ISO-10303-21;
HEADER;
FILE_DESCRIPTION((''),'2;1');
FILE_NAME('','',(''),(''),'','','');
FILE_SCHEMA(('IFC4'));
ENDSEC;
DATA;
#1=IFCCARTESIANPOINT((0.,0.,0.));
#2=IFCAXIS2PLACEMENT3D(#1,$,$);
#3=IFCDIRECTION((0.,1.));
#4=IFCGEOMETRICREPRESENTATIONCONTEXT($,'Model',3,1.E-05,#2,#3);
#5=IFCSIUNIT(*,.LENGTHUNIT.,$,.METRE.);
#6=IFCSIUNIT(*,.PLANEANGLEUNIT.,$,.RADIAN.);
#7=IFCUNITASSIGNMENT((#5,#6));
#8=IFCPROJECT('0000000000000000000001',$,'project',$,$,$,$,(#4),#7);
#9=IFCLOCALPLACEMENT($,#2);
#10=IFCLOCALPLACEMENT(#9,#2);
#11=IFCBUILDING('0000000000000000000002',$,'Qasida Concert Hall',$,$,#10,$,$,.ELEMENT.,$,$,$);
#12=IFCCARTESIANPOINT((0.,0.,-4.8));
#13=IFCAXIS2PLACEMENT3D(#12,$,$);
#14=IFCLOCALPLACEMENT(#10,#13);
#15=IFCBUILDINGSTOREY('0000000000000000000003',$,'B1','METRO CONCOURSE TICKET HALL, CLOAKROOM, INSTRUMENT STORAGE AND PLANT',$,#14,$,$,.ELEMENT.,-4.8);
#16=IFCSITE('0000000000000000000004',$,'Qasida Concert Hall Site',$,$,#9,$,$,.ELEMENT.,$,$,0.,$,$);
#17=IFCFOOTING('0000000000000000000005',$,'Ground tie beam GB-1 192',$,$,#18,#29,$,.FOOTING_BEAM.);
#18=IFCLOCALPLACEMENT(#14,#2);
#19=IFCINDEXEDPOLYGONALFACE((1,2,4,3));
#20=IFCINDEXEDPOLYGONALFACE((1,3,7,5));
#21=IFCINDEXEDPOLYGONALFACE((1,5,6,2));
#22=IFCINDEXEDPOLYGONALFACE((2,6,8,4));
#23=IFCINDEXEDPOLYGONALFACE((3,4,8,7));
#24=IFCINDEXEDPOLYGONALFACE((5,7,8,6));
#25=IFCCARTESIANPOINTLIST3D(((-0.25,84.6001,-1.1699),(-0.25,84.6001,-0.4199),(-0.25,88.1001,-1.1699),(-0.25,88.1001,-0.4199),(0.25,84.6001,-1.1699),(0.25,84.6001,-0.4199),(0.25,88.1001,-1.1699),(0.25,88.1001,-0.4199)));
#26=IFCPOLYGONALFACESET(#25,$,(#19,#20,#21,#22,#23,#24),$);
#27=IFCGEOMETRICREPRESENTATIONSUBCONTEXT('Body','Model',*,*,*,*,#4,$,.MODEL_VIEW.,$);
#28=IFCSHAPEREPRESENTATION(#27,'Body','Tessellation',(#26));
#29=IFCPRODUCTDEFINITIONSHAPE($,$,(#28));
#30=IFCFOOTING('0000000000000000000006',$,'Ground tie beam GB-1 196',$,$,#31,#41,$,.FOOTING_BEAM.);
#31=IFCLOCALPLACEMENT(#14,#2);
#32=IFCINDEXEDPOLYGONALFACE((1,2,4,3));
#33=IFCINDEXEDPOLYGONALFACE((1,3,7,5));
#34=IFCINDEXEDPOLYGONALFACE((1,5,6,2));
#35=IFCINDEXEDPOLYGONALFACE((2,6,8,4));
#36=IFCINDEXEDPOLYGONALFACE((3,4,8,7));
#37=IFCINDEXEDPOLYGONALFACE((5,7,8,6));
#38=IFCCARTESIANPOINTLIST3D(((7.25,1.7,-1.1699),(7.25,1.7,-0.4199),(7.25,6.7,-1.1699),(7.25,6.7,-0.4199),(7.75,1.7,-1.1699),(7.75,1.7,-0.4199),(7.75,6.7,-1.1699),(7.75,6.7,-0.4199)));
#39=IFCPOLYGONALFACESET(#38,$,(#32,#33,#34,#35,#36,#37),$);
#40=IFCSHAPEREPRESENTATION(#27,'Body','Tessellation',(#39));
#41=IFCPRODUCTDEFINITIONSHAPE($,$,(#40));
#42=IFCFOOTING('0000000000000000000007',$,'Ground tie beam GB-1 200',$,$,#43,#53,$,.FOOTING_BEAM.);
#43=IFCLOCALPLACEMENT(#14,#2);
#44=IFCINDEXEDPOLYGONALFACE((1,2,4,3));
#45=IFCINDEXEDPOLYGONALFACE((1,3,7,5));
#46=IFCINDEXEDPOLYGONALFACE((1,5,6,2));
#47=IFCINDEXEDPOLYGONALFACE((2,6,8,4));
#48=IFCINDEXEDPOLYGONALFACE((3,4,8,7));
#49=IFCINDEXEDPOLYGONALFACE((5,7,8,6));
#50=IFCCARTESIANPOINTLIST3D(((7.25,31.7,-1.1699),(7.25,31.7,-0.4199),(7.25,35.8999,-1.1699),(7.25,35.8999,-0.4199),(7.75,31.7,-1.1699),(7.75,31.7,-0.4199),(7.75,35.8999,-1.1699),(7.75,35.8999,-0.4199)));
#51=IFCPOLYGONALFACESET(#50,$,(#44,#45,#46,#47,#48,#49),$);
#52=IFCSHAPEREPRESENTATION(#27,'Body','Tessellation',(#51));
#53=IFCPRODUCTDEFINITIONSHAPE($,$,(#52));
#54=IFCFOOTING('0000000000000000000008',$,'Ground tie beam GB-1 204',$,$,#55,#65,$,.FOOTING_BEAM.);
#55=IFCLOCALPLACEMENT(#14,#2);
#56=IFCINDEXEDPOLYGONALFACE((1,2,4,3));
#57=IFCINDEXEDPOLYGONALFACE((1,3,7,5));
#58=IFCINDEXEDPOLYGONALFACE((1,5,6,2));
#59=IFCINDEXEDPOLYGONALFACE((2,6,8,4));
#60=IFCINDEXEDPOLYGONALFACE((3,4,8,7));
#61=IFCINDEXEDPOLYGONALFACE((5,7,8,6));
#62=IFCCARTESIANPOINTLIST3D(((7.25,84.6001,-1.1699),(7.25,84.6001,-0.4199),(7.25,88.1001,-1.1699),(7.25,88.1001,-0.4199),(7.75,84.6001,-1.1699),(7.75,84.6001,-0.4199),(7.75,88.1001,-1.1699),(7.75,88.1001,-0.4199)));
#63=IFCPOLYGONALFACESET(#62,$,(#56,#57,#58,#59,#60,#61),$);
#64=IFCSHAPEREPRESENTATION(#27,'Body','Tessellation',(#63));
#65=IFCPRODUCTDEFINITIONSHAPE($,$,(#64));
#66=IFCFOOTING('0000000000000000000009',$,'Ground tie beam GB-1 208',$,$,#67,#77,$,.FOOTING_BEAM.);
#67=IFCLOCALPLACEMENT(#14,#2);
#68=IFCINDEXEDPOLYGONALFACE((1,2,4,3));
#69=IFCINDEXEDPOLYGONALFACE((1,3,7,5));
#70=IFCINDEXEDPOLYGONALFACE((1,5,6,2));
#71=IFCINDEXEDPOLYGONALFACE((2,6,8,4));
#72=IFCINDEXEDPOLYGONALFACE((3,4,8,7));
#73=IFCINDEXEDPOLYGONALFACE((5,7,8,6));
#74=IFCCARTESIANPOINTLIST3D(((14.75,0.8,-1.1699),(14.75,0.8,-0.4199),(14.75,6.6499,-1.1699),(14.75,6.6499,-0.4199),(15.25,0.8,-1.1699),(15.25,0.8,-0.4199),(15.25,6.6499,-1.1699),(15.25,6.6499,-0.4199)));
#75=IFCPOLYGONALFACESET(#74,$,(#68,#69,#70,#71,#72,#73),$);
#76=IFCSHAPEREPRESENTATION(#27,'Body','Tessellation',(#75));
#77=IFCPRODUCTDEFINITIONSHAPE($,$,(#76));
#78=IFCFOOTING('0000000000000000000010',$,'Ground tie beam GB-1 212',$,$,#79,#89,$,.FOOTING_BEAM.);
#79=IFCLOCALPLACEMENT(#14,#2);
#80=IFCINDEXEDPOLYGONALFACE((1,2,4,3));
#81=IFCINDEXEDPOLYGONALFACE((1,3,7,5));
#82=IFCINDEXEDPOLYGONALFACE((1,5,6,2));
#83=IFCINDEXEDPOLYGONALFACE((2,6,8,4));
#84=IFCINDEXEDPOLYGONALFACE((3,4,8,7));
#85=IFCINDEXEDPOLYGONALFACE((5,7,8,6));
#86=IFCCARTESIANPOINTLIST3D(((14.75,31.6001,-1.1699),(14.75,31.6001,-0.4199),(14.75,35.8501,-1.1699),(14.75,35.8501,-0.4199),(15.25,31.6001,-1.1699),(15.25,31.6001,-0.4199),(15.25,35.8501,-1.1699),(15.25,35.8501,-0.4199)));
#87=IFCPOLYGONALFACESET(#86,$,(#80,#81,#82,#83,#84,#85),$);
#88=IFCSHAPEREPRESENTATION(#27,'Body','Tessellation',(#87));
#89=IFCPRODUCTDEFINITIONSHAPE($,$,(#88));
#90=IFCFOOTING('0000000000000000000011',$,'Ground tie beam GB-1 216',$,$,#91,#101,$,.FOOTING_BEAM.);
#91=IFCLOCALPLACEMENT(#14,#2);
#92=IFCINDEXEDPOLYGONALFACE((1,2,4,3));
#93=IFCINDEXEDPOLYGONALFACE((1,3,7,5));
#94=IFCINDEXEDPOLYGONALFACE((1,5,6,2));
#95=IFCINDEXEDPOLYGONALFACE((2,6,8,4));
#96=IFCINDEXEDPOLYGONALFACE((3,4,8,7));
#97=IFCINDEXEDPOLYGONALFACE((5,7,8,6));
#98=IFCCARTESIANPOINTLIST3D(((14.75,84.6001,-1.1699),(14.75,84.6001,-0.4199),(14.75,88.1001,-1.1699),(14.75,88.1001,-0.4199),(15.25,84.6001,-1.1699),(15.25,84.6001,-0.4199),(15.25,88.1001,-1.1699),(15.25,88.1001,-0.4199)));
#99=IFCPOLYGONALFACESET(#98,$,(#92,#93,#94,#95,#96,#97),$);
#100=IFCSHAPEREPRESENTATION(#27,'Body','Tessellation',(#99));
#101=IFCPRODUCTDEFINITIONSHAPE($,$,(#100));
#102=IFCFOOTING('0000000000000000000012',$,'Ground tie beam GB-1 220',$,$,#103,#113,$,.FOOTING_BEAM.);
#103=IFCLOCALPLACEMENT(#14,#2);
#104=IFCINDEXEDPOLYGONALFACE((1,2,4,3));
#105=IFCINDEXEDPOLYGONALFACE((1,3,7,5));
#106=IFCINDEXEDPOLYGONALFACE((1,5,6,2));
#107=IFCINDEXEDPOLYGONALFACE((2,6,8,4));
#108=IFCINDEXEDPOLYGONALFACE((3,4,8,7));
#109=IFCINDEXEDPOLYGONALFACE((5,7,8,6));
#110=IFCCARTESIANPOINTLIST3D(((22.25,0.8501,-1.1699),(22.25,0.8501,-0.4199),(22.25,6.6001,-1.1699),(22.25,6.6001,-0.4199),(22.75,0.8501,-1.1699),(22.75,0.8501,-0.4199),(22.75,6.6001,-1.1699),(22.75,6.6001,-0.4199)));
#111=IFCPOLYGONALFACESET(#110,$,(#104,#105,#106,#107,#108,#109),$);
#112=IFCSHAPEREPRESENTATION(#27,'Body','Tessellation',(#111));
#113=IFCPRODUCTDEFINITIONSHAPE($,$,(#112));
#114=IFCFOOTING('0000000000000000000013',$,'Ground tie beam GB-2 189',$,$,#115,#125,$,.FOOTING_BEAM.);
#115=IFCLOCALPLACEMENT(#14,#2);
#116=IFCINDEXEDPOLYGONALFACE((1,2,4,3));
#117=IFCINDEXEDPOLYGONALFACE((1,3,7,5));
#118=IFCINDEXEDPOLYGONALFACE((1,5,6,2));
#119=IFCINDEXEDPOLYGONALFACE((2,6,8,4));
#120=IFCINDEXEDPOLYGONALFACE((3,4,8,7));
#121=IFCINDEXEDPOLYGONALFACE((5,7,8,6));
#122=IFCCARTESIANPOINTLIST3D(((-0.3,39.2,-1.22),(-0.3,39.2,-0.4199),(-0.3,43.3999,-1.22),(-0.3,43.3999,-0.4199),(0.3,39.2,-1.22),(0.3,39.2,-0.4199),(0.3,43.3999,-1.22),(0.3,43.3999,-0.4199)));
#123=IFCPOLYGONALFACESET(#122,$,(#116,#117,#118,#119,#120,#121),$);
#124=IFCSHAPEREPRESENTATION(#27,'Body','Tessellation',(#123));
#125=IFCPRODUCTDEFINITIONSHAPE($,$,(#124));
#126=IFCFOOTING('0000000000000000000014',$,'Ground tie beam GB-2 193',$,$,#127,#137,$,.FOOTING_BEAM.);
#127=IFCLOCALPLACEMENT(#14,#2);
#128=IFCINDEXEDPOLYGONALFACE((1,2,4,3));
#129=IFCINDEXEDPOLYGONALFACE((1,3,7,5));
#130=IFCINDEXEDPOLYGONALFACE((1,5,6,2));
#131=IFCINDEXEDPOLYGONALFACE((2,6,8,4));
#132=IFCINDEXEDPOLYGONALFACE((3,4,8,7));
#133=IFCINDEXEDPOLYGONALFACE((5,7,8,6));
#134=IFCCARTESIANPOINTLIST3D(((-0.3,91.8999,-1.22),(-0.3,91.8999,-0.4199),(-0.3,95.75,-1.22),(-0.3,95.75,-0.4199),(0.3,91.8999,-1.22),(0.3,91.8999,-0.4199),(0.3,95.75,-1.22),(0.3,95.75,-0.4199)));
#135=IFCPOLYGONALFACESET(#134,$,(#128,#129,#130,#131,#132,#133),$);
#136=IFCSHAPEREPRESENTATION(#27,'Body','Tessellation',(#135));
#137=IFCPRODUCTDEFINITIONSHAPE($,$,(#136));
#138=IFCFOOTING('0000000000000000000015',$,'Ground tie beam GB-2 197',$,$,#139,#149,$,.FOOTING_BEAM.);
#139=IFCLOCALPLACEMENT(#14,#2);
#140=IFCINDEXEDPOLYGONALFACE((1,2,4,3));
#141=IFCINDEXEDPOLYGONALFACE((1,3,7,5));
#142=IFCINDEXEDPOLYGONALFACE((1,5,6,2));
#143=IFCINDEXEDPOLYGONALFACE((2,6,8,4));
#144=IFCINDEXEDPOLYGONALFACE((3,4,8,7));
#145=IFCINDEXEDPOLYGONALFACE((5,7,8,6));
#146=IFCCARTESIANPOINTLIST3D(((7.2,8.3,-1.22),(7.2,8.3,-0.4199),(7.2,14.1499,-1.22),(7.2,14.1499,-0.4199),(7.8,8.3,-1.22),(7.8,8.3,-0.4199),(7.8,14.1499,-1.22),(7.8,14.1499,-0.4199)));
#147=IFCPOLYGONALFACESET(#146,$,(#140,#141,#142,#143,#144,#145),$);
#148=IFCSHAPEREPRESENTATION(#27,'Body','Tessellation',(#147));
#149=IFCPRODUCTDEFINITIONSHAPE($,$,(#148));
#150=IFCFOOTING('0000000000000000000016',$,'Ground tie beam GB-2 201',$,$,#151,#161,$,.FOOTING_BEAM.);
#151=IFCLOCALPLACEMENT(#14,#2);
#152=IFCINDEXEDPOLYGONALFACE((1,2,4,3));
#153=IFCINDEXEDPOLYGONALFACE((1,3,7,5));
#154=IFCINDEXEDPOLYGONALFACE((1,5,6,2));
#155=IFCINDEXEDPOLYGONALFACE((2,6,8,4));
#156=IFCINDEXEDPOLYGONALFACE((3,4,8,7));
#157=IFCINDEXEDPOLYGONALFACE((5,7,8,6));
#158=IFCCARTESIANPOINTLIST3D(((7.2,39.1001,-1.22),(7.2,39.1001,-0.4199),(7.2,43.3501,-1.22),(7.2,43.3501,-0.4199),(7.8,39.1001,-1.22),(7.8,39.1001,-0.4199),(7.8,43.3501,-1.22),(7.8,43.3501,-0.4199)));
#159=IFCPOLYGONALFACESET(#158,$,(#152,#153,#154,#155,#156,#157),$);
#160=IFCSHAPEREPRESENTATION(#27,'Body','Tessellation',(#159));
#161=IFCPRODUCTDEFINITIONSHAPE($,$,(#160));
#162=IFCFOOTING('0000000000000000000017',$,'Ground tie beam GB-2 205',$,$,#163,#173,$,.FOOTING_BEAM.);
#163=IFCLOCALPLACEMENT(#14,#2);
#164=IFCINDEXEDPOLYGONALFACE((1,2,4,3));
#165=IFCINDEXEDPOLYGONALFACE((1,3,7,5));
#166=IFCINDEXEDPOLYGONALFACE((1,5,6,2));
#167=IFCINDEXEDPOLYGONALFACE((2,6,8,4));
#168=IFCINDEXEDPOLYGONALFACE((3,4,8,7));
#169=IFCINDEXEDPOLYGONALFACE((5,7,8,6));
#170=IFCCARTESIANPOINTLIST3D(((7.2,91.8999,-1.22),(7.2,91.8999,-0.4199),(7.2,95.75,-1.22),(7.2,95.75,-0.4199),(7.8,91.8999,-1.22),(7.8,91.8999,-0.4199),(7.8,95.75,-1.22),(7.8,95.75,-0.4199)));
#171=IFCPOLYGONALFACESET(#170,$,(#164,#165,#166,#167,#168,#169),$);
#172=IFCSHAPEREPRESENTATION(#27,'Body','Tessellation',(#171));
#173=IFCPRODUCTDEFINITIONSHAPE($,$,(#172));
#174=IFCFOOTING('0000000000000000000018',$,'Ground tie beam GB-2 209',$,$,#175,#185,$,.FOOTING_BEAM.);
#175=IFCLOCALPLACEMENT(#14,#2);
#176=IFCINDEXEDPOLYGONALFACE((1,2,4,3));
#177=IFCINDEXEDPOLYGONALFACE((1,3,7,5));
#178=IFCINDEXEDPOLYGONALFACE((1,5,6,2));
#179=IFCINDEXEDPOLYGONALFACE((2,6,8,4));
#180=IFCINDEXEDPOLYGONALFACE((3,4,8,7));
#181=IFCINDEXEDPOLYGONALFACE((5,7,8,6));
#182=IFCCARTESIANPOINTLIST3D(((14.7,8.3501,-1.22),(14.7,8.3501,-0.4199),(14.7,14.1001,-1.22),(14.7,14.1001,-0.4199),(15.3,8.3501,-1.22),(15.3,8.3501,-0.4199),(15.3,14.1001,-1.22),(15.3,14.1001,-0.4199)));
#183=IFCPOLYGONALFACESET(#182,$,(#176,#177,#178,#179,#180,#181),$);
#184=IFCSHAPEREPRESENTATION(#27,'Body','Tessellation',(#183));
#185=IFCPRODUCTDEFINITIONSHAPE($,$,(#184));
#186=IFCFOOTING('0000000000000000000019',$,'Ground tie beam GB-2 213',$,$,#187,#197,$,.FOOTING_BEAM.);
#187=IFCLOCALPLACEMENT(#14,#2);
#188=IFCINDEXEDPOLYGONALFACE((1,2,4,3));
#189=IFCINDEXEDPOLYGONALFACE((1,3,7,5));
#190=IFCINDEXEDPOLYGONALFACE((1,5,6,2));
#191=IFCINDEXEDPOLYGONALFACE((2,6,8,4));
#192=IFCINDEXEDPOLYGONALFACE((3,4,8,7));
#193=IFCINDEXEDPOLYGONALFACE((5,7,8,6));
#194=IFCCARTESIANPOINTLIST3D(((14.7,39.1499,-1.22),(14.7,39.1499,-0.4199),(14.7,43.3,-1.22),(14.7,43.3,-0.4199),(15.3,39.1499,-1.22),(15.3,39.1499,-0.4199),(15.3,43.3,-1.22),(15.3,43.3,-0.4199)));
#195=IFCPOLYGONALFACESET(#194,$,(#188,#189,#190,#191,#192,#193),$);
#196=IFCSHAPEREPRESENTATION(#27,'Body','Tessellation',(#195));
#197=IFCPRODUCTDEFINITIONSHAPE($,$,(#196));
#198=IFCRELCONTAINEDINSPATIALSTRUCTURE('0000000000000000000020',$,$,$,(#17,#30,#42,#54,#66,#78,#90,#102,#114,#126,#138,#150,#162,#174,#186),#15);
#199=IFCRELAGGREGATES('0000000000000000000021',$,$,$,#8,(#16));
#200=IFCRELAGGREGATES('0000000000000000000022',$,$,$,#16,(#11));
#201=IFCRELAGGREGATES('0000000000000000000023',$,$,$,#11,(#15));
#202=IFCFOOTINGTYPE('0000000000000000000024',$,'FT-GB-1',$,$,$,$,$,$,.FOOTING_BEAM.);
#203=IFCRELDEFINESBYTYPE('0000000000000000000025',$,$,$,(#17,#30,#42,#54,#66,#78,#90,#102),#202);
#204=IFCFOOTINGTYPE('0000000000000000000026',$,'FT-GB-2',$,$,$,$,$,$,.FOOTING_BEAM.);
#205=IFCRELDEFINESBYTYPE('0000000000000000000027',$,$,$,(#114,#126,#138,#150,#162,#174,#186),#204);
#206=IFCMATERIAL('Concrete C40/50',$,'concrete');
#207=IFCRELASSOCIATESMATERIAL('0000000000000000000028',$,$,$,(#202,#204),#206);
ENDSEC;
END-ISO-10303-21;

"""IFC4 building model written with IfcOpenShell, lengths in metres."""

from ifc_helpers import new_model, si_unit, direction, frame, origin, place, context, subcontext, project, spatial, polyline, outline, extrude, material, type_object, element, save


model = new_model("IFC4")

# Units and contexts
model_context = context("Model", 3, precision=1e-05, world=origin(), true_north=direction((0.0, 1.0)))
body_context = subcontext(model_context, "Body", "Model", "MODEL_VIEW")
ifc_project = project(units=[si_unit("LENGTHUNIT", "METRE"), si_unit("PLANEANGLEUNIT", "RADIAN")], contexts=[model_context])

# Site, building, storey
site_placement = place(None, origin())
site = spatial("IfcSite", under=ifc_project, at=site_placement, Name="Qasida Concert Hall Site", CompositionType="ELEMENT", RefElevation=0.0)
building_placement = place(site_placement, origin())
building = spatial("IfcBuilding", under=site, at=building_placement, Name="Qasida Concert Hall", CompositionType="ELEMENT")
storey_placement = place(building_placement, frame((0.0, 0.0, -4.8)))
storey = spatial("IfcBuildingStorey", under=building, at=storey_placement, Name="B1", Description="METRO CONCOURSE TICKET HALL, CLOAKROOM, INSTRUMENT STORAGE AND PLANT", CompositionType="ELEMENT", Elevation=-4.8)

# Footings
ifc_material = material(Name="Concrete C40/50", Category="concrete")
footing_type_1 = type_object("IfcFootingType", Name="FT-GB-1", PredefinedType="FOOTING_BEAM", material=ifc_material)
footing_1_placement = place(storey_placement, frame((0.0, 0.0, -1.1699)))
element("IfcFooting", 1, at=footing_1_placement, inside=storey, type_object=footing_type_1, Name="Ground tie beam GB-1 192", PredefinedType="FOOTING_BEAM", context=body_context, shape_type="SweptSolid", body=[
    extrude(outline(polyline([(-0.25, 84.6001), (0.25, 84.6001), (0.25, 88.1001), (-0.25, 88.1001), (-0.25, 84.6001)])), origin(), (0.0, 0.0, 1.0), 0.75),
])
footing_2_placement = place(storey_placement, frame((0.0, 0.0, -1.1699)))
element("IfcFooting", 2, at=footing_2_placement, inside=storey, type_object=footing_type_1, Name="Ground tie beam GB-1 196", PredefinedType="FOOTING_BEAM", context=body_context, shape_type="SweptSolid", body=[
    extrude(outline(polyline([(7.25, 1.7), (7.75, 1.7), (7.75, 6.7), (7.25, 6.7), (7.25, 1.7)])), origin(), (0.0, 0.0, 1.0), 0.75),
])
footing_3_placement = place(storey_placement, frame((0.0, 0.0, -1.1699)))
element("IfcFooting", 3, at=footing_3_placement, inside=storey, type_object=footing_type_1, Name="Ground tie beam GB-1 200", PredefinedType="FOOTING_BEAM", context=body_context, shape_type="SweptSolid", body=[
    extrude(outline(polyline([(7.25, 31.7), (7.75, 31.7), (7.75, 35.8999), (7.25, 35.8999), (7.25, 31.7)])), origin(), (0.0, 0.0, 1.0), 0.75),
])
footing_4_placement = place(storey_placement, frame((0.0, 0.0, -1.1699)))
element("IfcFooting", 4, at=footing_4_placement, inside=storey, type_object=footing_type_1, Name="Ground tie beam GB-1 204", PredefinedType="FOOTING_BEAM", context=body_context, shape_type="SweptSolid", body=[
    extrude(outline(polyline([(7.25, 84.6001), (7.75, 84.6001), (7.75, 88.1001), (7.25, 88.1001), (7.25, 84.6001)])), origin(), (0.0, 0.0, 1.0), 0.75),
])
footing_5_placement = place(storey_placement, frame((0.0, 0.0, -1.1699)))
element("IfcFooting", 5, at=footing_5_placement, inside=storey, type_object=footing_type_1, Name="Ground tie beam GB-1 208", PredefinedType="FOOTING_BEAM", context=body_context, shape_type="SweptSolid", body=[
    extrude(outline(polyline([(14.75, 0.8), (15.25, 0.8), (15.25, 6.6499), (14.75, 6.6499), (14.75, 0.8)])), origin(), (0.0, 0.0, 1.0), 0.75),
])
footing_6_placement = place(storey_placement, frame((0.0, 0.0, -1.1699)))
element("IfcFooting", 6, at=footing_6_placement, inside=storey, type_object=footing_type_1, Name="Ground tie beam GB-1 212", PredefinedType="FOOTING_BEAM", context=body_context, shape_type="SweptSolid", body=[
    extrude(outline(polyline([(14.75, 31.6001), (15.25, 31.6001), (15.25, 35.8501), (14.75, 35.8501), (14.75, 31.6001)])), origin(), (0.0, 0.0, 1.0), 0.75),
])
footing_7_placement = place(storey_placement, frame((0.0, 0.0, -1.1699)))
element("IfcFooting", 7, at=footing_7_placement, inside=storey, type_object=footing_type_1, Name="Ground tie beam GB-1 216", PredefinedType="FOOTING_BEAM", context=body_context, shape_type="SweptSolid", body=[
    extrude(outline(polyline([(14.75, 84.6001), (15.25, 84.6001), (15.25, 88.1001), (14.75, 88.1001), (14.75, 84.6001)])), origin(), (0.0, 0.0, 1.0), 0.75),
])
footing_8_placement = place(storey_placement, frame((0.0, 0.0, -1.1699)))
element("IfcFooting", 8, at=footing_8_placement, inside=storey, type_object=footing_type_1, Name="Ground tie beam GB-1 220", PredefinedType="FOOTING_BEAM", context=body_context, shape_type="SweptSolid", body=[
    extrude(outline(polyline([(22.25, 0.8501), (22.75, 0.8501), (22.75, 6.6001), (22.25, 6.6001), (22.25, 0.8501)])), origin(), (0.0, 0.0, 1.0), 0.75),
])
footing_type_2 = type_object("IfcFootingType", Name="FT-GB-2", PredefinedType="FOOTING_BEAM", material=ifc_material)
footing_9_placement = place(storey_placement, frame((0.0, 0.0, -1.22)))
element("IfcFooting", 9, at=footing_9_placement, inside=storey, type_object=footing_type_2, Name="Ground tie beam GB-2 189", PredefinedType="FOOTING_BEAM", context=body_context, shape_type="SweptSolid", body=[
    extrude(outline(polyline([(-0.3, 39.2), (0.3, 39.2), (0.3, 43.3999), (-0.3, 43.3999), (-0.3, 39.2)])), origin(), (0.0, 0.0, 1.0), 0.8),
])
footing_10_placement = place(storey_placement, frame((0.0, 0.0, -1.22)))
element("IfcFooting", 10, at=footing_10_placement, inside=storey, type_object=footing_type_2, Name="Ground tie beam GB-2 193", PredefinedType="FOOTING_BEAM", context=body_context, shape_type="SweptSolid", body=[
    extrude(outline(polyline([(-0.3, 91.8999), (0.3, 91.8999), (0.3, 95.75), (-0.3, 95.75), (-0.3, 91.8999)])), origin(), (0.0, 0.0, 1.0), 0.8),
])
footing_11_placement = place(storey_placement, frame((0.0, 0.0, -1.22)))
element("IfcFooting", 11, at=footing_11_placement, inside=storey, type_object=footing_type_2, Name="Ground tie beam GB-2 197", PredefinedType="FOOTING_BEAM", context=body_context, shape_type="SweptSolid", body=[
    extrude(outline(polyline([(7.2, 8.3), (7.8, 8.3), (7.8, 14.1499), (7.2, 14.1499), (7.2, 8.3)])), origin(), (0.0, 0.0, 1.0), 0.8),
])
footing_12_placement = place(storey_placement, frame((0.0, 0.0, -1.22)))
element("IfcFooting", 12, at=footing_12_placement, inside=storey, type_object=footing_type_2, Name="Ground tie beam GB-2 201", PredefinedType="FOOTING_BEAM", context=body_context, shape_type="SweptSolid", body=[
    extrude(outline(polyline([(7.2, 39.1001), (7.8, 39.1001), (7.8, 43.3501), (7.2, 43.3501), (7.2, 39.1001)])), origin(), (0.0, 0.0, 1.0), 0.8),
])
footing_13_placement = place(storey_placement, frame((0.0, 0.0, -1.22)))
element("IfcFooting", 13, at=footing_13_placement, inside=storey, type_object=footing_type_2, Name="Ground tie beam GB-2 205", PredefinedType="FOOTING_BEAM", context=body_context, shape_type="SweptSolid", body=[
    extrude(outline(polyline([(7.2, 91.8999), (7.8, 91.8999), (7.8, 95.75), (7.2, 95.75), (7.2, 91.8999)])), origin(), (0.0, 0.0, 1.0), 0.8),
])
footing_14_placement = place(storey_placement, frame((0.0, 0.0, -1.22)))
element("IfcFooting", 14, at=footing_14_placement, inside=storey, type_object=footing_type_2, Name="Ground tie beam GB-2 209", PredefinedType="FOOTING_BEAM", context=body_context, shape_type="SweptSolid", body=[
    extrude(outline(polyline([(14.7, 8.3501), (15.3, 8.3501), (15.3, 14.1001), (14.7, 14.1001), (14.7, 8.3501)])), origin(), (0.0, 0.0, 1.0), 0.8),
])
footing_15_placement = place(storey_placement, frame((0.0, 0.0, -1.22)))
element("IfcFooting", 15, at=footing_15_placement, inside=storey, type_object=footing_type_2, Name="Ground tie beam GB-2 213", PredefinedType="FOOTING_BEAM", context=body_context, shape_type="SweptSolid", body=[
    extrude(outline(polyline([(14.7, 39.1499), (15.3, 39.1499), (15.3, 43.3), (14.7, 43.3), (14.7, 39.1499)])), origin(), (0.0, 0.0, 1.0), 0.8),
])

save(model, "model.ifc")
